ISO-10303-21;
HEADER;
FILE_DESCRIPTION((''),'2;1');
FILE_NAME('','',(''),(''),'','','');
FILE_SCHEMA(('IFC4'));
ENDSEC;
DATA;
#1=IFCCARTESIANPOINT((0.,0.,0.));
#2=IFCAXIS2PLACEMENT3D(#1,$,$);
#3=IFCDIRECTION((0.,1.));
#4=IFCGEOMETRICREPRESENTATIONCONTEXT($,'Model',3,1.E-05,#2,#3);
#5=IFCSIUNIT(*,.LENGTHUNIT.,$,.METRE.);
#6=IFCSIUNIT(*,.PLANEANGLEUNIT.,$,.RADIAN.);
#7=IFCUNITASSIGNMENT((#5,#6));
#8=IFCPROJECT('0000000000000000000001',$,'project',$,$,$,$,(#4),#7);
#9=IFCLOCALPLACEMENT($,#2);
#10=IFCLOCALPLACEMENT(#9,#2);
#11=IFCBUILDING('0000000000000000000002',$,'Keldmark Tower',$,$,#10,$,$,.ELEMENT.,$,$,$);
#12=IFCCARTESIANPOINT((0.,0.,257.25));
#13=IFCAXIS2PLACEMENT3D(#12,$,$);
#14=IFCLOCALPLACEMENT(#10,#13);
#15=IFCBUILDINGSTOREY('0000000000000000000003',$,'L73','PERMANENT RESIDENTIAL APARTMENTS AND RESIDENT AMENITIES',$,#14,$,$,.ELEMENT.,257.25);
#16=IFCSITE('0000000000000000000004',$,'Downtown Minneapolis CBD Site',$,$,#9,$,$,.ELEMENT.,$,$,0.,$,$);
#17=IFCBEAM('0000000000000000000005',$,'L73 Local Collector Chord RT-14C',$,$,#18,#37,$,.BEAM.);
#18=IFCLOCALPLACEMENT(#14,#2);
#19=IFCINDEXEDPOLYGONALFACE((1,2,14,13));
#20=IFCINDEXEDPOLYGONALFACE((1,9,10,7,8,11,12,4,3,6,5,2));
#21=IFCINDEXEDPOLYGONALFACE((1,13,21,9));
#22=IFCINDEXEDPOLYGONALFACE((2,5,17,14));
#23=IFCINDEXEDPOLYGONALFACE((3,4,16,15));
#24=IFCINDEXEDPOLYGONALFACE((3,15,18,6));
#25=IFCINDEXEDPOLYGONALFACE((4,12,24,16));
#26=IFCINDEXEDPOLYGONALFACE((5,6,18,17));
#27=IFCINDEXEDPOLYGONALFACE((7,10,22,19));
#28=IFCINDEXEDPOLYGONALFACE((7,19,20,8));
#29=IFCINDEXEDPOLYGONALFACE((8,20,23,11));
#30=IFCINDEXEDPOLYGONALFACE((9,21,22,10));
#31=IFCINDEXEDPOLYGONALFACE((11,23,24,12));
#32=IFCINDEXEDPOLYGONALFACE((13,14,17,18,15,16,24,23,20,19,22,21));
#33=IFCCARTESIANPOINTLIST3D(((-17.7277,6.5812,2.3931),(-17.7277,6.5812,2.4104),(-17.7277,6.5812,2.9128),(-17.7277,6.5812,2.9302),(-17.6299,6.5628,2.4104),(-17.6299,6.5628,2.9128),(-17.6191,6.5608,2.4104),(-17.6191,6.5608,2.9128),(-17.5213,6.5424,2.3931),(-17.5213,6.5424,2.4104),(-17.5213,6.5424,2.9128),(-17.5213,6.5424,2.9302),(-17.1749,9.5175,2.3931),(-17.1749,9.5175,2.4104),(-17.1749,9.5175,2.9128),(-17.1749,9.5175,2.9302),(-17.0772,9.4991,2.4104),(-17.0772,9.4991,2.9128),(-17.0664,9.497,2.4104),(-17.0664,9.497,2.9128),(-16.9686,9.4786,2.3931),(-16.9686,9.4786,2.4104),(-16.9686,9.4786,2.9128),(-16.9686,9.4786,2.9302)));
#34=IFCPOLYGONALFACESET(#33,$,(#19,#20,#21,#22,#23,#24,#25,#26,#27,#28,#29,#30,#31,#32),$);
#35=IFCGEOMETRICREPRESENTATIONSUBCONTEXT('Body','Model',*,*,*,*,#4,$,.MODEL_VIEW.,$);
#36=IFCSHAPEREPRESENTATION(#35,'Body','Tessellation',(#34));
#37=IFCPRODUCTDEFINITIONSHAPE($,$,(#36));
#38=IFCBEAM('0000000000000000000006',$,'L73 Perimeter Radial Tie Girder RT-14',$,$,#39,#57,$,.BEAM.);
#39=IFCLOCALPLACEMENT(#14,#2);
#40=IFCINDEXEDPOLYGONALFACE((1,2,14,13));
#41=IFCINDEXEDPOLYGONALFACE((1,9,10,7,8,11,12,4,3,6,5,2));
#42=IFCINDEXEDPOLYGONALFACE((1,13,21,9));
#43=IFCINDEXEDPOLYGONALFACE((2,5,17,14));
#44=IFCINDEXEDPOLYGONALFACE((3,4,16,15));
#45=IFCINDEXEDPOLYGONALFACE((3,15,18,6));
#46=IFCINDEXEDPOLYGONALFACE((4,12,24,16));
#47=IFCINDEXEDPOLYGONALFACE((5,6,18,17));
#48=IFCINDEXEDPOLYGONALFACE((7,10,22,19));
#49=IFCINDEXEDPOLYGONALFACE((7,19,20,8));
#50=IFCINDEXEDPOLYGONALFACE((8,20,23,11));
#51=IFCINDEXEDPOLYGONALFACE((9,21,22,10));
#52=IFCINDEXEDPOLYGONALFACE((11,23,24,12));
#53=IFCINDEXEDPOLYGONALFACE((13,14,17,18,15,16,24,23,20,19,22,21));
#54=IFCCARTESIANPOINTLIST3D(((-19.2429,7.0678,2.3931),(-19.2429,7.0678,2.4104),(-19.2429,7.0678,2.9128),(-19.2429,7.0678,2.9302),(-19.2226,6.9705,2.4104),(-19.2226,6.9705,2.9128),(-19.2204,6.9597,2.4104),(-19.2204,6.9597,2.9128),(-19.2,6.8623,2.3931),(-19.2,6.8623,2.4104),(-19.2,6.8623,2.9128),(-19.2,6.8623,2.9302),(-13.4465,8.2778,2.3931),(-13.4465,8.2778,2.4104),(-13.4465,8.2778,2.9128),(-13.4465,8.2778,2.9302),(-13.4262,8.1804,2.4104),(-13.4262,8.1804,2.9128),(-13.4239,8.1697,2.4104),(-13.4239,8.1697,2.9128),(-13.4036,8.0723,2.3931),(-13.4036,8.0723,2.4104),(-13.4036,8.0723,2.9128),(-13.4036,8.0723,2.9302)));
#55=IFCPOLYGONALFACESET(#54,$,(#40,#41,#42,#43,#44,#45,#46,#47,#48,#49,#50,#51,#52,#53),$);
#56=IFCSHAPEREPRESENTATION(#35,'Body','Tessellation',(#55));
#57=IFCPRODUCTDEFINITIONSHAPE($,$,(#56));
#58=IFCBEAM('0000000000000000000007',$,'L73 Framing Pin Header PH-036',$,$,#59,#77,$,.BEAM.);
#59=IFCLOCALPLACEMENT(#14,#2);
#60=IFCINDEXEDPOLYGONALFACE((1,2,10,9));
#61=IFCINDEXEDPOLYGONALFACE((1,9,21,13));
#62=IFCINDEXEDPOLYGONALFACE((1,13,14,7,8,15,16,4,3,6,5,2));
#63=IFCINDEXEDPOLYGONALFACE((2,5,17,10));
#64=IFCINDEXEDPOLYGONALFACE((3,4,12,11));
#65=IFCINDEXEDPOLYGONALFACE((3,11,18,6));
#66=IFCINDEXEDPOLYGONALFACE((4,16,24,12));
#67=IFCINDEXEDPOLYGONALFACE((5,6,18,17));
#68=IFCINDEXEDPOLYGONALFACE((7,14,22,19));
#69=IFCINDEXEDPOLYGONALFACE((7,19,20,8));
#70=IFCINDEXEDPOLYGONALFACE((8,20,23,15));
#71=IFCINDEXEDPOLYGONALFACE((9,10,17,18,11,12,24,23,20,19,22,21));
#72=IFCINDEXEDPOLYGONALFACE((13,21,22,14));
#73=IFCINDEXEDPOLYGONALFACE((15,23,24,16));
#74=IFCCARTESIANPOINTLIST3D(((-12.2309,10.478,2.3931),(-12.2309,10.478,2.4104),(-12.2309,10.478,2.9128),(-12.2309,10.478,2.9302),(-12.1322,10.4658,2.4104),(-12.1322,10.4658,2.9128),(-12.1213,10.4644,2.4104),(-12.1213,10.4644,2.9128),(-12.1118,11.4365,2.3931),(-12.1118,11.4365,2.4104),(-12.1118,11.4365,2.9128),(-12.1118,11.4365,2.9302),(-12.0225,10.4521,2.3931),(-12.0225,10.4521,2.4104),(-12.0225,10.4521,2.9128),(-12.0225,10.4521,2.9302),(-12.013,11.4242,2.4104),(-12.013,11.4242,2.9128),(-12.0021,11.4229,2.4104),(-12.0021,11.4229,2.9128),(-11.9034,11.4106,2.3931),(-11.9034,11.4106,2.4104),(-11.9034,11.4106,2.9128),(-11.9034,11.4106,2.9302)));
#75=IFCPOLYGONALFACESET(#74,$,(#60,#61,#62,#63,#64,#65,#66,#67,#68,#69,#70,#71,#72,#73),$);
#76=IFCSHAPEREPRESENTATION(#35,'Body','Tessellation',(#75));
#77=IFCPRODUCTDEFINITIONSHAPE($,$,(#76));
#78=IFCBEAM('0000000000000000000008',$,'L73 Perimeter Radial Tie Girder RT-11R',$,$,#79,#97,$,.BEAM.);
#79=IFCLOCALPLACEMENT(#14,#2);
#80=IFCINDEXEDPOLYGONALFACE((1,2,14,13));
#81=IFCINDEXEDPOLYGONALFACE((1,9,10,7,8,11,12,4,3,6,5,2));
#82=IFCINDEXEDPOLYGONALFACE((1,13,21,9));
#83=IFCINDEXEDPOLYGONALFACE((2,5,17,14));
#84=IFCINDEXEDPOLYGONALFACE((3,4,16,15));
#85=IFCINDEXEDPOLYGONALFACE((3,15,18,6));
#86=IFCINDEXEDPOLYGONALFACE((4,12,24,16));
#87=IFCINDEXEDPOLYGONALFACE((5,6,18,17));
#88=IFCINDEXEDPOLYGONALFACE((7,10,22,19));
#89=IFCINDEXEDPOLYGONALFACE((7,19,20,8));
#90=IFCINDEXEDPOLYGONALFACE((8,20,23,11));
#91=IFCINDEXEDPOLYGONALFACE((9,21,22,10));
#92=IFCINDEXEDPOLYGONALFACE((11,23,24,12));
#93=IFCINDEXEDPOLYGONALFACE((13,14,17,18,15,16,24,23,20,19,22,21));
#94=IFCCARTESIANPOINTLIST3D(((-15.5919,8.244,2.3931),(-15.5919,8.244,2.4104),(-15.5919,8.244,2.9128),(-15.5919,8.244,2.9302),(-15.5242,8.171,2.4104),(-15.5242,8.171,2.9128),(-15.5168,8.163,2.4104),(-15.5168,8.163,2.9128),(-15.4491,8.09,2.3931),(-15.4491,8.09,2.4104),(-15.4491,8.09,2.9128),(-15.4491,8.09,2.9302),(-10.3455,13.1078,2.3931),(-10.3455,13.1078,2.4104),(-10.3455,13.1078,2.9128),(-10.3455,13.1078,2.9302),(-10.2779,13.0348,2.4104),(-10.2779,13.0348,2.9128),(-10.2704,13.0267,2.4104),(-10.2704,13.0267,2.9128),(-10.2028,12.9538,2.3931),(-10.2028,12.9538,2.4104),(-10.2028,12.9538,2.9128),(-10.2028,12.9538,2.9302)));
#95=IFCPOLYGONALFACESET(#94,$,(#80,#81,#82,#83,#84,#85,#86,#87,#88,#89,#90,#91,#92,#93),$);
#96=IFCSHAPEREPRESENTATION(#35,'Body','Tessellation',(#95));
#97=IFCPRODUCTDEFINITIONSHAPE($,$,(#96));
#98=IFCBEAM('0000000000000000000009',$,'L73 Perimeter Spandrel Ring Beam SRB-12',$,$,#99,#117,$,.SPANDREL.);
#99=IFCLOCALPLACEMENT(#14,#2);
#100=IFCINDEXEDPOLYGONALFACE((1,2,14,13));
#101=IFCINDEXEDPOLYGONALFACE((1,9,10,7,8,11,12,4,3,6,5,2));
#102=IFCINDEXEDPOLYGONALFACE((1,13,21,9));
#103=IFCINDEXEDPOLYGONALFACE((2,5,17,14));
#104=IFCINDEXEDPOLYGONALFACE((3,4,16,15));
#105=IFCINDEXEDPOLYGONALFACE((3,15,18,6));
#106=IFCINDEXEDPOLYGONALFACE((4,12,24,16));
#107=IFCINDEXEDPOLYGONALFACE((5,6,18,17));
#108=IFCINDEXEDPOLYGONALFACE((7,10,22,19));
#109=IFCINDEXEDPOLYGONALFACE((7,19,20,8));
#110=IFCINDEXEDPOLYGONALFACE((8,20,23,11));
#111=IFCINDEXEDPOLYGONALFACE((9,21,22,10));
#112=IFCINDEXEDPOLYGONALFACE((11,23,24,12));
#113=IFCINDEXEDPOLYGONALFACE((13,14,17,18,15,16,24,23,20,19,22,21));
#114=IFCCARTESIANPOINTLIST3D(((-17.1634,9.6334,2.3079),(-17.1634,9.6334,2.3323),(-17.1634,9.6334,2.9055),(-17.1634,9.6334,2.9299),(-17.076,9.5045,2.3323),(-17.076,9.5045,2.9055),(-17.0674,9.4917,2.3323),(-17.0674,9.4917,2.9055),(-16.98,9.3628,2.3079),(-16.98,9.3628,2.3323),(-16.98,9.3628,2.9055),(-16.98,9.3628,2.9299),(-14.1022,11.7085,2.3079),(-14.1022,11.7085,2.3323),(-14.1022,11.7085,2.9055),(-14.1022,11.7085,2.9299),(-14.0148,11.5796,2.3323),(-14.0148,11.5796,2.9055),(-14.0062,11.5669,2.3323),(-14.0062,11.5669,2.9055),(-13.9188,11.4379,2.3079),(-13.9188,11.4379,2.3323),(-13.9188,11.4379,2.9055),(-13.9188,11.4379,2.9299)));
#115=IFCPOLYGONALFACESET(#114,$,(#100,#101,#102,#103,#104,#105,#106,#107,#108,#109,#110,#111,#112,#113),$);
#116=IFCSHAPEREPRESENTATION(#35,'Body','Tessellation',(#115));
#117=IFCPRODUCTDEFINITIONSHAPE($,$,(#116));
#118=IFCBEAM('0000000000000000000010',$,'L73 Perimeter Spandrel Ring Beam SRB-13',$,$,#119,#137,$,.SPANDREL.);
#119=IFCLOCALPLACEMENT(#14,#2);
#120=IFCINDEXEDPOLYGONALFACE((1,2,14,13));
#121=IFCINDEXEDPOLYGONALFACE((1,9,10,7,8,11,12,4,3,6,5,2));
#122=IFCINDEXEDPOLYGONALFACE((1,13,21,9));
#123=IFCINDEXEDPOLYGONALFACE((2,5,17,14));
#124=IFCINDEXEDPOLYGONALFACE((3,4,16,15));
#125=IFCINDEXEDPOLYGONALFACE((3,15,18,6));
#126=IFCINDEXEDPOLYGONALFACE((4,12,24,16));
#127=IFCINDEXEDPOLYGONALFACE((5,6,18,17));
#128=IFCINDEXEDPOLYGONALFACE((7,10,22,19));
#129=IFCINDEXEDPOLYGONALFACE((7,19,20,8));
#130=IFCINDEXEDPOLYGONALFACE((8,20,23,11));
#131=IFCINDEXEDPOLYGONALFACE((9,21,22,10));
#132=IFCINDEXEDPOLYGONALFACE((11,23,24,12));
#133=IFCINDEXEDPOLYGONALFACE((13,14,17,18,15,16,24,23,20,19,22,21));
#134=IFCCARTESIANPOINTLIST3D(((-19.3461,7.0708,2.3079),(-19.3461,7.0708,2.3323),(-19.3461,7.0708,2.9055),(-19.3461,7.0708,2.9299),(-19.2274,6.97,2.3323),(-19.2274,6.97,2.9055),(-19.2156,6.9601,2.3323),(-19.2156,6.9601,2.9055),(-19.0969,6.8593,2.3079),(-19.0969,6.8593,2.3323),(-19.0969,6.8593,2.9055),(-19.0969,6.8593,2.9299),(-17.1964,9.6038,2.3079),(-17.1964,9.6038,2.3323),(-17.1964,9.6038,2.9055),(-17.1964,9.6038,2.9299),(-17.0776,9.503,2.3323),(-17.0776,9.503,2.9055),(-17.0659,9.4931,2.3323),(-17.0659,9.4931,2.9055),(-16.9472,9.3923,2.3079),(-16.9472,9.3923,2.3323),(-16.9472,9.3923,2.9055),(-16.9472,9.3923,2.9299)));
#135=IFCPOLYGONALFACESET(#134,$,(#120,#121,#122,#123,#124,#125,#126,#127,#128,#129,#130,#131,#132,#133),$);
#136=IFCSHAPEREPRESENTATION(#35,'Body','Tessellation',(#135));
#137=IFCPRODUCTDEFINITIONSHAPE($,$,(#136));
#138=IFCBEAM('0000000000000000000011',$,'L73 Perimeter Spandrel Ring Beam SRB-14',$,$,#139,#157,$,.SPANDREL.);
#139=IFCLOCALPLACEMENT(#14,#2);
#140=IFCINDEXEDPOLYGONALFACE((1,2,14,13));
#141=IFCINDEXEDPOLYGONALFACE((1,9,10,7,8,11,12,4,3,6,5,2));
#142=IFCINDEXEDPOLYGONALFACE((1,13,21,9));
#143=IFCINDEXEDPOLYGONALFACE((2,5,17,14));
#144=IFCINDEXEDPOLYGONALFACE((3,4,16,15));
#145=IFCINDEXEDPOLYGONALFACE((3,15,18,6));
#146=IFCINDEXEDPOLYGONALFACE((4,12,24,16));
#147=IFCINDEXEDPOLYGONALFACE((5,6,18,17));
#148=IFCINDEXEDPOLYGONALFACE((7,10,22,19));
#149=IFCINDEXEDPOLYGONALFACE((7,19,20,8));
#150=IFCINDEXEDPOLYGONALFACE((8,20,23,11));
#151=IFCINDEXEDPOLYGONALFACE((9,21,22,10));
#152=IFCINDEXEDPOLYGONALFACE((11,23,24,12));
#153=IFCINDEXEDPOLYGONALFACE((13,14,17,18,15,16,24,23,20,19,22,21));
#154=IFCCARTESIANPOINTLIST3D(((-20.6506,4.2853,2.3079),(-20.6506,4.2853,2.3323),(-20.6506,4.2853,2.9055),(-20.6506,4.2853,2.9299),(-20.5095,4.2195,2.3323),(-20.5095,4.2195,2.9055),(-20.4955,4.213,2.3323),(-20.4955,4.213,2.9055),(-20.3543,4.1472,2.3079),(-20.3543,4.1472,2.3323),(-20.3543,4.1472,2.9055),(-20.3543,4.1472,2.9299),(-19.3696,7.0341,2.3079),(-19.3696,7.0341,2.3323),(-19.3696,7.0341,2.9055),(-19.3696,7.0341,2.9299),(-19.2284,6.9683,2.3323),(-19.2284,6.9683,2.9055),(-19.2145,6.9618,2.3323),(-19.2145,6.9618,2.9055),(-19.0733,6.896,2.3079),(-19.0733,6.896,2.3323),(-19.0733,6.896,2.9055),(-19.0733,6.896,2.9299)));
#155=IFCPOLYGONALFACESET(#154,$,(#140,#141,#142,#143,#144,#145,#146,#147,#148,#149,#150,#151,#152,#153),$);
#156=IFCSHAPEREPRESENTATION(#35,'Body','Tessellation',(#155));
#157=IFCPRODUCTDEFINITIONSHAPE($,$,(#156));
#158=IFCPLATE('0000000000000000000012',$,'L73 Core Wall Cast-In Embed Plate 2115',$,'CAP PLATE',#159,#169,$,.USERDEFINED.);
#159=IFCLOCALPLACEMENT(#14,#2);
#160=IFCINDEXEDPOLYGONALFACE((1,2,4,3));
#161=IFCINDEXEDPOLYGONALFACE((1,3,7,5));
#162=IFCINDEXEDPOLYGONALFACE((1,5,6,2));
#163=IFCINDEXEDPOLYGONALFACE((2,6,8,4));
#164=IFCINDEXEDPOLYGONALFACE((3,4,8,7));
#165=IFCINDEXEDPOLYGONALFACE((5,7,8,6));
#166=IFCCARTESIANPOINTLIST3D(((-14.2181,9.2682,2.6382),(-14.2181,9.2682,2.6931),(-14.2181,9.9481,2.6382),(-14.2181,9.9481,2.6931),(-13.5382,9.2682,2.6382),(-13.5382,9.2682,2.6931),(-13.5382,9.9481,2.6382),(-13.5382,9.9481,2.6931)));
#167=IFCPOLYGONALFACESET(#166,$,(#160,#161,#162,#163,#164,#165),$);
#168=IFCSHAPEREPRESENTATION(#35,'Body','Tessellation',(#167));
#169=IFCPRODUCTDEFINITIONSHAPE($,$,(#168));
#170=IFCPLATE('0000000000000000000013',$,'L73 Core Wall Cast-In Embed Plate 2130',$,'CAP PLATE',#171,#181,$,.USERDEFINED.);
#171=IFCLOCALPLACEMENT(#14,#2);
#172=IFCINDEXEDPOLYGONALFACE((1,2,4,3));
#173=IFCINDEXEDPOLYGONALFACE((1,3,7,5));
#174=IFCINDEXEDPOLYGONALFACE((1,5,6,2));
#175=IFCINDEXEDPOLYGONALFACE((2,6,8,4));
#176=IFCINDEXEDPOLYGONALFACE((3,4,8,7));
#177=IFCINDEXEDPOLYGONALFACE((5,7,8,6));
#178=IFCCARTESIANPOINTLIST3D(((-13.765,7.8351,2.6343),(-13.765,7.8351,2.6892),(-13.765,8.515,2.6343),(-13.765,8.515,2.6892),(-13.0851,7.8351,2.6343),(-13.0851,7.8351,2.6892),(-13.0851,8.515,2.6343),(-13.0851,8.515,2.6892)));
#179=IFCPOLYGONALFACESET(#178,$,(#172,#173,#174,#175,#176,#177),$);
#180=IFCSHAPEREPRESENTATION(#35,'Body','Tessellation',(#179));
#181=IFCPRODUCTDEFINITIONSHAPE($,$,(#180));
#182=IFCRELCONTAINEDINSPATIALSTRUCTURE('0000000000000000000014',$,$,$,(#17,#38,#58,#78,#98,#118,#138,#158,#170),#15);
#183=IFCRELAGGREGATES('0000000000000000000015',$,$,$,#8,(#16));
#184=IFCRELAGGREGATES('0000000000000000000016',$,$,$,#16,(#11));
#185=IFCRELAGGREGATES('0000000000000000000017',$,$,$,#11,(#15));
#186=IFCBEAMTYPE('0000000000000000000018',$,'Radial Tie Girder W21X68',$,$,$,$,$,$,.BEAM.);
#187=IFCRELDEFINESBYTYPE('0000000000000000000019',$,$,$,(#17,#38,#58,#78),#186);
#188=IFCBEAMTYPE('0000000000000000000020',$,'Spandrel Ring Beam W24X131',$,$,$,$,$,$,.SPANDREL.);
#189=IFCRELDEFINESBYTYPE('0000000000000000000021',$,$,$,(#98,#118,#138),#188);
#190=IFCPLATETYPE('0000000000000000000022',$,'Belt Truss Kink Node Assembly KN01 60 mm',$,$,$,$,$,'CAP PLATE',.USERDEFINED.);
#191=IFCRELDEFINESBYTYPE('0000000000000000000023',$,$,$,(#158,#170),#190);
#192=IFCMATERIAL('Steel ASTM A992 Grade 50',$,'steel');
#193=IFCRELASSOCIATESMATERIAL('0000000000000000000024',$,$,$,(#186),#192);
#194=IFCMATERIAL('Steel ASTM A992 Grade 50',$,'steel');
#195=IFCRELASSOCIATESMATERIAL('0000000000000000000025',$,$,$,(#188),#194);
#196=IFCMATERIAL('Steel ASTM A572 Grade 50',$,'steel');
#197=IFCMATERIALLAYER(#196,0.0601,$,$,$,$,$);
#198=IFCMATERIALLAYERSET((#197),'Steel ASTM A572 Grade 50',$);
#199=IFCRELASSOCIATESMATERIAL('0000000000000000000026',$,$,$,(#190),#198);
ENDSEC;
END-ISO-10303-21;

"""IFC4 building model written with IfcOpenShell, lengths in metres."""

from ifc_helpers import new_model, si_unit, direction, frame, origin, origin_2d, place, context, subcontext, project, spatial, rectangle, i_section, extrude, material, layer, layer_set, material_profile, profile_set, type_object, element, save


model = new_model("IFC4")

# Units and contexts
model_context = context("Model", 3, precision=1e-05, world=origin(), true_north=direction((0.0, 1.0)))
body_context = subcontext(model_context, "Body", "Model", "MODEL_VIEW")
ifc_project = project(units=[si_unit("LENGTHUNIT", "METRE"), si_unit("PLANEANGLEUNIT", "RADIAN")], contexts=[model_context])

# Site, building, storey
site_placement = place(None, origin())
site = spatial("IfcSite", under=ifc_project, at=site_placement, Name="Downtown Minneapolis CBD Site", CompositionType="ELEMENT", RefElevation=0.0)
building_placement = place(site_placement, origin())
building = spatial("IfcBuilding", under=site, at=building_placement, Name="Keldmark Tower", CompositionType="ELEMENT")
storey_placement = place(building_placement, frame((0.0, 0.0, 257.25)))
storey = spatial("IfcBuildingStorey", under=building, at=storey_placement, Name="L73", Description="PERMANENT RESIDENTIAL APARTMENTS AND RESIDENT AMENITIES", CompositionType="ELEMENT", Elevation=257.25)

# Beams
ifc_material_1 = material(Name="Steel ASTM A992 Grade 50", Category="steel")
ifc_material_profile_1 = material_profile(ifc_material_1, i_section(OverallWidth=0.21, OverallDepth=0.5371, WebThickness=0.011, FlangeThickness=0.0173, at=origin_2d()), Name="W21X68")
ifc_profile_set_1 = profile_set([ifc_material_profile_1], Name="Steel ASTM A992 Grade 50")
beam_type_1 = type_object("IfcBeamType", Name="Radial Tie Girder W21X68", PredefinedType="BEAM", material=ifc_profile_set_1)
beam_1_placement = place(storey_placement, frame((-17.0718, 9.498, 2.6616), z_axis=(-0.184994, -0.98274, 0.0), x_axis=(0.98274, -0.184994, 0.0)))
element("IfcBeam", 1, at=beam_1_placement, inside=storey, type_object=beam_type_1, Name="L73 Local Collector Chord RT-14C", PredefinedType="BEAM", context=body_context, shape_type="SweptSolid", body=[
    extrude(i_section(OverallWidth=0.21, OverallDepth=0.5371, WebThickness=0.011, FlangeThickness=0.0173, at=origin_2d()), origin(), (0.0, 0.0, 1.0), 2.9878),
])
beam_2_placement = place(storey_placement, frame((-13.425, 8.175, 2.6616), z_axis=(-0.9789, -0.20434, 0.0), x_axis=(0.20434, -0.9789, 0.0)))
element("IfcBeam", 2, at=beam_2_placement, inside=storey, type_object=beam_type_1, Name="L73 Perimeter Radial Tie Girder RT-14", PredefinedType="BEAM", context=body_context, shape_type="SweptSolid", body=[
    extrude(i_section(OverallWidth=0.21, OverallDepth=0.5371, WebThickness=0.011, FlangeThickness=0.0173, at=origin_2d()), origin(), (0.0, 0.0, 1.0), 5.9214),
])
beam_3_placement = place(storey_placement, frame((-12.1267, 10.4651, 2.6616), z_axis=(0.12335, 0.992363, 0.0), x_axis=(-0.992363, 0.12335, 0.0)))
element("IfcBeam", 3, at=beam_3_placement, inside=storey, type_object=beam_type_1, Name="L73 Framing Pin Header PH-036", PredefinedType="BEAM", context=body_context, shape_type="SweptSolid", body=[
    extrude(i_section(OverallWidth=0.21, OverallDepth=0.5371, WebThickness=0.011, FlangeThickness=0.0173, at=origin_2d()), origin(), (0.0, 0.0, 1.0), 0.9658),
])
beam_4_placement = place(storey_placement, frame((-15.5205, 8.167, 2.6616), z_axis=(0.733339, 0.679863, 0.0), x_axis=(-0.679863, 0.733339, 0.0)))
element("IfcBeam", 4, at=beam_4_placement, inside=storey, type_object=beam_type_1, Name="L73 Perimeter Radial Tie Girder RT-11R", PredefinedType="BEAM", context=body_context, shape_type="SweptSolid", body=[
    extrude(i_section(OverallWidth=0.21, OverallDepth=0.5371, WebThickness=0.011, FlangeThickness=0.0173, at=origin_2d()), origin(), (0.0, 0.0, 1.0), 7.1541),
])
ifc_material_2 = material(Name="Steel ASTM A992 Grade 50", Category="steel")
ifc_material_profile_2 = material_profile(ifc_material_2, i_section(OverallWidth=0.3269, OverallDepth=0.6221, WebThickness=0.0154, FlangeThickness=0.0244, at=origin_2d()), Name="W24X131")
ifc_profile_set_2 = profile_set([ifc_material_profile_2], Name="Steel ASTM A992 Grade 50")
beam_type_2 = type_object("IfcBeamType", Name="Spandrel Ring Beam W24X131", PredefinedType="SPANDREL", material=ifc_profile_set_2)
beam_5_placement = place(storey_placement, frame((-14.0105, 11.5732, 2.6189), z_axis=(-0.82774, -0.561112, 0.0), x_axis=(0.561112, -0.82774, 0.0)))
element("IfcBeam", 5, at=beam_5_placement, inside=storey, type_object=beam_type_2, Name="L73 Perimeter Spandrel Ring Beam SRB-12", PredefinedType="SPANDREL", context=body_context, shape_type="SweptSolid", body=[
    extrude(i_section(OverallWidth=0.3269, OverallDepth=0.6221, WebThickness=0.0154, FlangeThickness=0.0244, at=origin_2d()), origin(), (0.0, 0.0, 1.0), 3.6982),
])
beam_6_placement = place(storey_placement, frame((-17.0718, 9.498, 2.6189), z_axis=(-0.647062, -0.762438, 0.0), x_axis=(0.762438, -0.647062, 0.0)))
element("IfcBeam", 6, at=beam_6_placement, inside=storey, type_object=beam_type_2, Name="L73 Perimeter Spandrel Ring Beam SRB-13", PredefinedType="SPANDREL", context=body_context, shape_type="SweptSolid", body=[
    extrude(i_section(OverallWidth=0.3269, OverallDepth=0.6221, WebThickness=0.0154, FlangeThickness=0.0244, at=origin_2d()), origin(), (0.0, 0.0, 1.0), 3.3223),
])
beam_7_placement = place(storey_placement, frame((-19.2214, 6.9651, 2.6189), z_axis=(-0.422409, -0.906405, 0.0), x_axis=(0.906405, -0.422409, 0.0)))
element("IfcBeam", 7, at=beam_7_placement, inside=storey, type_object=beam_type_2, Name="L73 Perimeter Spandrel Ring Beam SRB-14", PredefinedType="SPANDREL", context=body_context, shape_type="SweptSolid", body=[
    extrude(i_section(OverallWidth=0.3269, OverallDepth=0.6221, WebThickness=0.0154, FlangeThickness=0.0244, at=origin_2d()), origin(), (0.0, 0.0, 1.0), 3.0327),
])

# Plates
ifc_material_3 = material(Name="Steel ASTM A572 Grade 50", Category="steel")
ifc_layer_1 = layer(ifc_material_3, 0.0601)
ifc_layer_set_1 = layer_set([ifc_layer_1], Name="Steel ASTM A572 Grade 50")
plate_type_1 = type_object("IfcPlateType", Name="Belt Truss Kink Node Assembly KN01 60 mm", ElementType="CAP PLATE", PredefinedType="USERDEFINED", material=ifc_layer_set_1)
for number, where, z_axis, x_axis, name in (
    (8, (-13.8782, 9.6082, 2.6382), (0.0, 0.0, 1.0), (1.0, 0.0, 0.0), "L73 Core Wall Cast-In Embed Plate 2115"),
    (9, (-13.425, 8.175, 2.6343), (0.0, 0.0, 1.0), (1.0, 0.0, 0.0), "L73 Core Wall Cast-In Embed Plate 2130"),
):
    element("IfcPlate", number, at=place(storey_placement, frame(where, z_axis=z_axis, x_axis=x_axis)), inside=storey, type_object=plate_type_1, Name=name, ObjectType="CAP PLATE", PredefinedType="USERDEFINED", context=body_context, shape_type="SweptSolid", body=[
        extrude(rectangle(XDim=0.6799, YDim=0.6799, at=origin_2d()), origin(), (0.0, 0.0, 1.0), 0.0549),
    ])

save(model, "model.ifc")
